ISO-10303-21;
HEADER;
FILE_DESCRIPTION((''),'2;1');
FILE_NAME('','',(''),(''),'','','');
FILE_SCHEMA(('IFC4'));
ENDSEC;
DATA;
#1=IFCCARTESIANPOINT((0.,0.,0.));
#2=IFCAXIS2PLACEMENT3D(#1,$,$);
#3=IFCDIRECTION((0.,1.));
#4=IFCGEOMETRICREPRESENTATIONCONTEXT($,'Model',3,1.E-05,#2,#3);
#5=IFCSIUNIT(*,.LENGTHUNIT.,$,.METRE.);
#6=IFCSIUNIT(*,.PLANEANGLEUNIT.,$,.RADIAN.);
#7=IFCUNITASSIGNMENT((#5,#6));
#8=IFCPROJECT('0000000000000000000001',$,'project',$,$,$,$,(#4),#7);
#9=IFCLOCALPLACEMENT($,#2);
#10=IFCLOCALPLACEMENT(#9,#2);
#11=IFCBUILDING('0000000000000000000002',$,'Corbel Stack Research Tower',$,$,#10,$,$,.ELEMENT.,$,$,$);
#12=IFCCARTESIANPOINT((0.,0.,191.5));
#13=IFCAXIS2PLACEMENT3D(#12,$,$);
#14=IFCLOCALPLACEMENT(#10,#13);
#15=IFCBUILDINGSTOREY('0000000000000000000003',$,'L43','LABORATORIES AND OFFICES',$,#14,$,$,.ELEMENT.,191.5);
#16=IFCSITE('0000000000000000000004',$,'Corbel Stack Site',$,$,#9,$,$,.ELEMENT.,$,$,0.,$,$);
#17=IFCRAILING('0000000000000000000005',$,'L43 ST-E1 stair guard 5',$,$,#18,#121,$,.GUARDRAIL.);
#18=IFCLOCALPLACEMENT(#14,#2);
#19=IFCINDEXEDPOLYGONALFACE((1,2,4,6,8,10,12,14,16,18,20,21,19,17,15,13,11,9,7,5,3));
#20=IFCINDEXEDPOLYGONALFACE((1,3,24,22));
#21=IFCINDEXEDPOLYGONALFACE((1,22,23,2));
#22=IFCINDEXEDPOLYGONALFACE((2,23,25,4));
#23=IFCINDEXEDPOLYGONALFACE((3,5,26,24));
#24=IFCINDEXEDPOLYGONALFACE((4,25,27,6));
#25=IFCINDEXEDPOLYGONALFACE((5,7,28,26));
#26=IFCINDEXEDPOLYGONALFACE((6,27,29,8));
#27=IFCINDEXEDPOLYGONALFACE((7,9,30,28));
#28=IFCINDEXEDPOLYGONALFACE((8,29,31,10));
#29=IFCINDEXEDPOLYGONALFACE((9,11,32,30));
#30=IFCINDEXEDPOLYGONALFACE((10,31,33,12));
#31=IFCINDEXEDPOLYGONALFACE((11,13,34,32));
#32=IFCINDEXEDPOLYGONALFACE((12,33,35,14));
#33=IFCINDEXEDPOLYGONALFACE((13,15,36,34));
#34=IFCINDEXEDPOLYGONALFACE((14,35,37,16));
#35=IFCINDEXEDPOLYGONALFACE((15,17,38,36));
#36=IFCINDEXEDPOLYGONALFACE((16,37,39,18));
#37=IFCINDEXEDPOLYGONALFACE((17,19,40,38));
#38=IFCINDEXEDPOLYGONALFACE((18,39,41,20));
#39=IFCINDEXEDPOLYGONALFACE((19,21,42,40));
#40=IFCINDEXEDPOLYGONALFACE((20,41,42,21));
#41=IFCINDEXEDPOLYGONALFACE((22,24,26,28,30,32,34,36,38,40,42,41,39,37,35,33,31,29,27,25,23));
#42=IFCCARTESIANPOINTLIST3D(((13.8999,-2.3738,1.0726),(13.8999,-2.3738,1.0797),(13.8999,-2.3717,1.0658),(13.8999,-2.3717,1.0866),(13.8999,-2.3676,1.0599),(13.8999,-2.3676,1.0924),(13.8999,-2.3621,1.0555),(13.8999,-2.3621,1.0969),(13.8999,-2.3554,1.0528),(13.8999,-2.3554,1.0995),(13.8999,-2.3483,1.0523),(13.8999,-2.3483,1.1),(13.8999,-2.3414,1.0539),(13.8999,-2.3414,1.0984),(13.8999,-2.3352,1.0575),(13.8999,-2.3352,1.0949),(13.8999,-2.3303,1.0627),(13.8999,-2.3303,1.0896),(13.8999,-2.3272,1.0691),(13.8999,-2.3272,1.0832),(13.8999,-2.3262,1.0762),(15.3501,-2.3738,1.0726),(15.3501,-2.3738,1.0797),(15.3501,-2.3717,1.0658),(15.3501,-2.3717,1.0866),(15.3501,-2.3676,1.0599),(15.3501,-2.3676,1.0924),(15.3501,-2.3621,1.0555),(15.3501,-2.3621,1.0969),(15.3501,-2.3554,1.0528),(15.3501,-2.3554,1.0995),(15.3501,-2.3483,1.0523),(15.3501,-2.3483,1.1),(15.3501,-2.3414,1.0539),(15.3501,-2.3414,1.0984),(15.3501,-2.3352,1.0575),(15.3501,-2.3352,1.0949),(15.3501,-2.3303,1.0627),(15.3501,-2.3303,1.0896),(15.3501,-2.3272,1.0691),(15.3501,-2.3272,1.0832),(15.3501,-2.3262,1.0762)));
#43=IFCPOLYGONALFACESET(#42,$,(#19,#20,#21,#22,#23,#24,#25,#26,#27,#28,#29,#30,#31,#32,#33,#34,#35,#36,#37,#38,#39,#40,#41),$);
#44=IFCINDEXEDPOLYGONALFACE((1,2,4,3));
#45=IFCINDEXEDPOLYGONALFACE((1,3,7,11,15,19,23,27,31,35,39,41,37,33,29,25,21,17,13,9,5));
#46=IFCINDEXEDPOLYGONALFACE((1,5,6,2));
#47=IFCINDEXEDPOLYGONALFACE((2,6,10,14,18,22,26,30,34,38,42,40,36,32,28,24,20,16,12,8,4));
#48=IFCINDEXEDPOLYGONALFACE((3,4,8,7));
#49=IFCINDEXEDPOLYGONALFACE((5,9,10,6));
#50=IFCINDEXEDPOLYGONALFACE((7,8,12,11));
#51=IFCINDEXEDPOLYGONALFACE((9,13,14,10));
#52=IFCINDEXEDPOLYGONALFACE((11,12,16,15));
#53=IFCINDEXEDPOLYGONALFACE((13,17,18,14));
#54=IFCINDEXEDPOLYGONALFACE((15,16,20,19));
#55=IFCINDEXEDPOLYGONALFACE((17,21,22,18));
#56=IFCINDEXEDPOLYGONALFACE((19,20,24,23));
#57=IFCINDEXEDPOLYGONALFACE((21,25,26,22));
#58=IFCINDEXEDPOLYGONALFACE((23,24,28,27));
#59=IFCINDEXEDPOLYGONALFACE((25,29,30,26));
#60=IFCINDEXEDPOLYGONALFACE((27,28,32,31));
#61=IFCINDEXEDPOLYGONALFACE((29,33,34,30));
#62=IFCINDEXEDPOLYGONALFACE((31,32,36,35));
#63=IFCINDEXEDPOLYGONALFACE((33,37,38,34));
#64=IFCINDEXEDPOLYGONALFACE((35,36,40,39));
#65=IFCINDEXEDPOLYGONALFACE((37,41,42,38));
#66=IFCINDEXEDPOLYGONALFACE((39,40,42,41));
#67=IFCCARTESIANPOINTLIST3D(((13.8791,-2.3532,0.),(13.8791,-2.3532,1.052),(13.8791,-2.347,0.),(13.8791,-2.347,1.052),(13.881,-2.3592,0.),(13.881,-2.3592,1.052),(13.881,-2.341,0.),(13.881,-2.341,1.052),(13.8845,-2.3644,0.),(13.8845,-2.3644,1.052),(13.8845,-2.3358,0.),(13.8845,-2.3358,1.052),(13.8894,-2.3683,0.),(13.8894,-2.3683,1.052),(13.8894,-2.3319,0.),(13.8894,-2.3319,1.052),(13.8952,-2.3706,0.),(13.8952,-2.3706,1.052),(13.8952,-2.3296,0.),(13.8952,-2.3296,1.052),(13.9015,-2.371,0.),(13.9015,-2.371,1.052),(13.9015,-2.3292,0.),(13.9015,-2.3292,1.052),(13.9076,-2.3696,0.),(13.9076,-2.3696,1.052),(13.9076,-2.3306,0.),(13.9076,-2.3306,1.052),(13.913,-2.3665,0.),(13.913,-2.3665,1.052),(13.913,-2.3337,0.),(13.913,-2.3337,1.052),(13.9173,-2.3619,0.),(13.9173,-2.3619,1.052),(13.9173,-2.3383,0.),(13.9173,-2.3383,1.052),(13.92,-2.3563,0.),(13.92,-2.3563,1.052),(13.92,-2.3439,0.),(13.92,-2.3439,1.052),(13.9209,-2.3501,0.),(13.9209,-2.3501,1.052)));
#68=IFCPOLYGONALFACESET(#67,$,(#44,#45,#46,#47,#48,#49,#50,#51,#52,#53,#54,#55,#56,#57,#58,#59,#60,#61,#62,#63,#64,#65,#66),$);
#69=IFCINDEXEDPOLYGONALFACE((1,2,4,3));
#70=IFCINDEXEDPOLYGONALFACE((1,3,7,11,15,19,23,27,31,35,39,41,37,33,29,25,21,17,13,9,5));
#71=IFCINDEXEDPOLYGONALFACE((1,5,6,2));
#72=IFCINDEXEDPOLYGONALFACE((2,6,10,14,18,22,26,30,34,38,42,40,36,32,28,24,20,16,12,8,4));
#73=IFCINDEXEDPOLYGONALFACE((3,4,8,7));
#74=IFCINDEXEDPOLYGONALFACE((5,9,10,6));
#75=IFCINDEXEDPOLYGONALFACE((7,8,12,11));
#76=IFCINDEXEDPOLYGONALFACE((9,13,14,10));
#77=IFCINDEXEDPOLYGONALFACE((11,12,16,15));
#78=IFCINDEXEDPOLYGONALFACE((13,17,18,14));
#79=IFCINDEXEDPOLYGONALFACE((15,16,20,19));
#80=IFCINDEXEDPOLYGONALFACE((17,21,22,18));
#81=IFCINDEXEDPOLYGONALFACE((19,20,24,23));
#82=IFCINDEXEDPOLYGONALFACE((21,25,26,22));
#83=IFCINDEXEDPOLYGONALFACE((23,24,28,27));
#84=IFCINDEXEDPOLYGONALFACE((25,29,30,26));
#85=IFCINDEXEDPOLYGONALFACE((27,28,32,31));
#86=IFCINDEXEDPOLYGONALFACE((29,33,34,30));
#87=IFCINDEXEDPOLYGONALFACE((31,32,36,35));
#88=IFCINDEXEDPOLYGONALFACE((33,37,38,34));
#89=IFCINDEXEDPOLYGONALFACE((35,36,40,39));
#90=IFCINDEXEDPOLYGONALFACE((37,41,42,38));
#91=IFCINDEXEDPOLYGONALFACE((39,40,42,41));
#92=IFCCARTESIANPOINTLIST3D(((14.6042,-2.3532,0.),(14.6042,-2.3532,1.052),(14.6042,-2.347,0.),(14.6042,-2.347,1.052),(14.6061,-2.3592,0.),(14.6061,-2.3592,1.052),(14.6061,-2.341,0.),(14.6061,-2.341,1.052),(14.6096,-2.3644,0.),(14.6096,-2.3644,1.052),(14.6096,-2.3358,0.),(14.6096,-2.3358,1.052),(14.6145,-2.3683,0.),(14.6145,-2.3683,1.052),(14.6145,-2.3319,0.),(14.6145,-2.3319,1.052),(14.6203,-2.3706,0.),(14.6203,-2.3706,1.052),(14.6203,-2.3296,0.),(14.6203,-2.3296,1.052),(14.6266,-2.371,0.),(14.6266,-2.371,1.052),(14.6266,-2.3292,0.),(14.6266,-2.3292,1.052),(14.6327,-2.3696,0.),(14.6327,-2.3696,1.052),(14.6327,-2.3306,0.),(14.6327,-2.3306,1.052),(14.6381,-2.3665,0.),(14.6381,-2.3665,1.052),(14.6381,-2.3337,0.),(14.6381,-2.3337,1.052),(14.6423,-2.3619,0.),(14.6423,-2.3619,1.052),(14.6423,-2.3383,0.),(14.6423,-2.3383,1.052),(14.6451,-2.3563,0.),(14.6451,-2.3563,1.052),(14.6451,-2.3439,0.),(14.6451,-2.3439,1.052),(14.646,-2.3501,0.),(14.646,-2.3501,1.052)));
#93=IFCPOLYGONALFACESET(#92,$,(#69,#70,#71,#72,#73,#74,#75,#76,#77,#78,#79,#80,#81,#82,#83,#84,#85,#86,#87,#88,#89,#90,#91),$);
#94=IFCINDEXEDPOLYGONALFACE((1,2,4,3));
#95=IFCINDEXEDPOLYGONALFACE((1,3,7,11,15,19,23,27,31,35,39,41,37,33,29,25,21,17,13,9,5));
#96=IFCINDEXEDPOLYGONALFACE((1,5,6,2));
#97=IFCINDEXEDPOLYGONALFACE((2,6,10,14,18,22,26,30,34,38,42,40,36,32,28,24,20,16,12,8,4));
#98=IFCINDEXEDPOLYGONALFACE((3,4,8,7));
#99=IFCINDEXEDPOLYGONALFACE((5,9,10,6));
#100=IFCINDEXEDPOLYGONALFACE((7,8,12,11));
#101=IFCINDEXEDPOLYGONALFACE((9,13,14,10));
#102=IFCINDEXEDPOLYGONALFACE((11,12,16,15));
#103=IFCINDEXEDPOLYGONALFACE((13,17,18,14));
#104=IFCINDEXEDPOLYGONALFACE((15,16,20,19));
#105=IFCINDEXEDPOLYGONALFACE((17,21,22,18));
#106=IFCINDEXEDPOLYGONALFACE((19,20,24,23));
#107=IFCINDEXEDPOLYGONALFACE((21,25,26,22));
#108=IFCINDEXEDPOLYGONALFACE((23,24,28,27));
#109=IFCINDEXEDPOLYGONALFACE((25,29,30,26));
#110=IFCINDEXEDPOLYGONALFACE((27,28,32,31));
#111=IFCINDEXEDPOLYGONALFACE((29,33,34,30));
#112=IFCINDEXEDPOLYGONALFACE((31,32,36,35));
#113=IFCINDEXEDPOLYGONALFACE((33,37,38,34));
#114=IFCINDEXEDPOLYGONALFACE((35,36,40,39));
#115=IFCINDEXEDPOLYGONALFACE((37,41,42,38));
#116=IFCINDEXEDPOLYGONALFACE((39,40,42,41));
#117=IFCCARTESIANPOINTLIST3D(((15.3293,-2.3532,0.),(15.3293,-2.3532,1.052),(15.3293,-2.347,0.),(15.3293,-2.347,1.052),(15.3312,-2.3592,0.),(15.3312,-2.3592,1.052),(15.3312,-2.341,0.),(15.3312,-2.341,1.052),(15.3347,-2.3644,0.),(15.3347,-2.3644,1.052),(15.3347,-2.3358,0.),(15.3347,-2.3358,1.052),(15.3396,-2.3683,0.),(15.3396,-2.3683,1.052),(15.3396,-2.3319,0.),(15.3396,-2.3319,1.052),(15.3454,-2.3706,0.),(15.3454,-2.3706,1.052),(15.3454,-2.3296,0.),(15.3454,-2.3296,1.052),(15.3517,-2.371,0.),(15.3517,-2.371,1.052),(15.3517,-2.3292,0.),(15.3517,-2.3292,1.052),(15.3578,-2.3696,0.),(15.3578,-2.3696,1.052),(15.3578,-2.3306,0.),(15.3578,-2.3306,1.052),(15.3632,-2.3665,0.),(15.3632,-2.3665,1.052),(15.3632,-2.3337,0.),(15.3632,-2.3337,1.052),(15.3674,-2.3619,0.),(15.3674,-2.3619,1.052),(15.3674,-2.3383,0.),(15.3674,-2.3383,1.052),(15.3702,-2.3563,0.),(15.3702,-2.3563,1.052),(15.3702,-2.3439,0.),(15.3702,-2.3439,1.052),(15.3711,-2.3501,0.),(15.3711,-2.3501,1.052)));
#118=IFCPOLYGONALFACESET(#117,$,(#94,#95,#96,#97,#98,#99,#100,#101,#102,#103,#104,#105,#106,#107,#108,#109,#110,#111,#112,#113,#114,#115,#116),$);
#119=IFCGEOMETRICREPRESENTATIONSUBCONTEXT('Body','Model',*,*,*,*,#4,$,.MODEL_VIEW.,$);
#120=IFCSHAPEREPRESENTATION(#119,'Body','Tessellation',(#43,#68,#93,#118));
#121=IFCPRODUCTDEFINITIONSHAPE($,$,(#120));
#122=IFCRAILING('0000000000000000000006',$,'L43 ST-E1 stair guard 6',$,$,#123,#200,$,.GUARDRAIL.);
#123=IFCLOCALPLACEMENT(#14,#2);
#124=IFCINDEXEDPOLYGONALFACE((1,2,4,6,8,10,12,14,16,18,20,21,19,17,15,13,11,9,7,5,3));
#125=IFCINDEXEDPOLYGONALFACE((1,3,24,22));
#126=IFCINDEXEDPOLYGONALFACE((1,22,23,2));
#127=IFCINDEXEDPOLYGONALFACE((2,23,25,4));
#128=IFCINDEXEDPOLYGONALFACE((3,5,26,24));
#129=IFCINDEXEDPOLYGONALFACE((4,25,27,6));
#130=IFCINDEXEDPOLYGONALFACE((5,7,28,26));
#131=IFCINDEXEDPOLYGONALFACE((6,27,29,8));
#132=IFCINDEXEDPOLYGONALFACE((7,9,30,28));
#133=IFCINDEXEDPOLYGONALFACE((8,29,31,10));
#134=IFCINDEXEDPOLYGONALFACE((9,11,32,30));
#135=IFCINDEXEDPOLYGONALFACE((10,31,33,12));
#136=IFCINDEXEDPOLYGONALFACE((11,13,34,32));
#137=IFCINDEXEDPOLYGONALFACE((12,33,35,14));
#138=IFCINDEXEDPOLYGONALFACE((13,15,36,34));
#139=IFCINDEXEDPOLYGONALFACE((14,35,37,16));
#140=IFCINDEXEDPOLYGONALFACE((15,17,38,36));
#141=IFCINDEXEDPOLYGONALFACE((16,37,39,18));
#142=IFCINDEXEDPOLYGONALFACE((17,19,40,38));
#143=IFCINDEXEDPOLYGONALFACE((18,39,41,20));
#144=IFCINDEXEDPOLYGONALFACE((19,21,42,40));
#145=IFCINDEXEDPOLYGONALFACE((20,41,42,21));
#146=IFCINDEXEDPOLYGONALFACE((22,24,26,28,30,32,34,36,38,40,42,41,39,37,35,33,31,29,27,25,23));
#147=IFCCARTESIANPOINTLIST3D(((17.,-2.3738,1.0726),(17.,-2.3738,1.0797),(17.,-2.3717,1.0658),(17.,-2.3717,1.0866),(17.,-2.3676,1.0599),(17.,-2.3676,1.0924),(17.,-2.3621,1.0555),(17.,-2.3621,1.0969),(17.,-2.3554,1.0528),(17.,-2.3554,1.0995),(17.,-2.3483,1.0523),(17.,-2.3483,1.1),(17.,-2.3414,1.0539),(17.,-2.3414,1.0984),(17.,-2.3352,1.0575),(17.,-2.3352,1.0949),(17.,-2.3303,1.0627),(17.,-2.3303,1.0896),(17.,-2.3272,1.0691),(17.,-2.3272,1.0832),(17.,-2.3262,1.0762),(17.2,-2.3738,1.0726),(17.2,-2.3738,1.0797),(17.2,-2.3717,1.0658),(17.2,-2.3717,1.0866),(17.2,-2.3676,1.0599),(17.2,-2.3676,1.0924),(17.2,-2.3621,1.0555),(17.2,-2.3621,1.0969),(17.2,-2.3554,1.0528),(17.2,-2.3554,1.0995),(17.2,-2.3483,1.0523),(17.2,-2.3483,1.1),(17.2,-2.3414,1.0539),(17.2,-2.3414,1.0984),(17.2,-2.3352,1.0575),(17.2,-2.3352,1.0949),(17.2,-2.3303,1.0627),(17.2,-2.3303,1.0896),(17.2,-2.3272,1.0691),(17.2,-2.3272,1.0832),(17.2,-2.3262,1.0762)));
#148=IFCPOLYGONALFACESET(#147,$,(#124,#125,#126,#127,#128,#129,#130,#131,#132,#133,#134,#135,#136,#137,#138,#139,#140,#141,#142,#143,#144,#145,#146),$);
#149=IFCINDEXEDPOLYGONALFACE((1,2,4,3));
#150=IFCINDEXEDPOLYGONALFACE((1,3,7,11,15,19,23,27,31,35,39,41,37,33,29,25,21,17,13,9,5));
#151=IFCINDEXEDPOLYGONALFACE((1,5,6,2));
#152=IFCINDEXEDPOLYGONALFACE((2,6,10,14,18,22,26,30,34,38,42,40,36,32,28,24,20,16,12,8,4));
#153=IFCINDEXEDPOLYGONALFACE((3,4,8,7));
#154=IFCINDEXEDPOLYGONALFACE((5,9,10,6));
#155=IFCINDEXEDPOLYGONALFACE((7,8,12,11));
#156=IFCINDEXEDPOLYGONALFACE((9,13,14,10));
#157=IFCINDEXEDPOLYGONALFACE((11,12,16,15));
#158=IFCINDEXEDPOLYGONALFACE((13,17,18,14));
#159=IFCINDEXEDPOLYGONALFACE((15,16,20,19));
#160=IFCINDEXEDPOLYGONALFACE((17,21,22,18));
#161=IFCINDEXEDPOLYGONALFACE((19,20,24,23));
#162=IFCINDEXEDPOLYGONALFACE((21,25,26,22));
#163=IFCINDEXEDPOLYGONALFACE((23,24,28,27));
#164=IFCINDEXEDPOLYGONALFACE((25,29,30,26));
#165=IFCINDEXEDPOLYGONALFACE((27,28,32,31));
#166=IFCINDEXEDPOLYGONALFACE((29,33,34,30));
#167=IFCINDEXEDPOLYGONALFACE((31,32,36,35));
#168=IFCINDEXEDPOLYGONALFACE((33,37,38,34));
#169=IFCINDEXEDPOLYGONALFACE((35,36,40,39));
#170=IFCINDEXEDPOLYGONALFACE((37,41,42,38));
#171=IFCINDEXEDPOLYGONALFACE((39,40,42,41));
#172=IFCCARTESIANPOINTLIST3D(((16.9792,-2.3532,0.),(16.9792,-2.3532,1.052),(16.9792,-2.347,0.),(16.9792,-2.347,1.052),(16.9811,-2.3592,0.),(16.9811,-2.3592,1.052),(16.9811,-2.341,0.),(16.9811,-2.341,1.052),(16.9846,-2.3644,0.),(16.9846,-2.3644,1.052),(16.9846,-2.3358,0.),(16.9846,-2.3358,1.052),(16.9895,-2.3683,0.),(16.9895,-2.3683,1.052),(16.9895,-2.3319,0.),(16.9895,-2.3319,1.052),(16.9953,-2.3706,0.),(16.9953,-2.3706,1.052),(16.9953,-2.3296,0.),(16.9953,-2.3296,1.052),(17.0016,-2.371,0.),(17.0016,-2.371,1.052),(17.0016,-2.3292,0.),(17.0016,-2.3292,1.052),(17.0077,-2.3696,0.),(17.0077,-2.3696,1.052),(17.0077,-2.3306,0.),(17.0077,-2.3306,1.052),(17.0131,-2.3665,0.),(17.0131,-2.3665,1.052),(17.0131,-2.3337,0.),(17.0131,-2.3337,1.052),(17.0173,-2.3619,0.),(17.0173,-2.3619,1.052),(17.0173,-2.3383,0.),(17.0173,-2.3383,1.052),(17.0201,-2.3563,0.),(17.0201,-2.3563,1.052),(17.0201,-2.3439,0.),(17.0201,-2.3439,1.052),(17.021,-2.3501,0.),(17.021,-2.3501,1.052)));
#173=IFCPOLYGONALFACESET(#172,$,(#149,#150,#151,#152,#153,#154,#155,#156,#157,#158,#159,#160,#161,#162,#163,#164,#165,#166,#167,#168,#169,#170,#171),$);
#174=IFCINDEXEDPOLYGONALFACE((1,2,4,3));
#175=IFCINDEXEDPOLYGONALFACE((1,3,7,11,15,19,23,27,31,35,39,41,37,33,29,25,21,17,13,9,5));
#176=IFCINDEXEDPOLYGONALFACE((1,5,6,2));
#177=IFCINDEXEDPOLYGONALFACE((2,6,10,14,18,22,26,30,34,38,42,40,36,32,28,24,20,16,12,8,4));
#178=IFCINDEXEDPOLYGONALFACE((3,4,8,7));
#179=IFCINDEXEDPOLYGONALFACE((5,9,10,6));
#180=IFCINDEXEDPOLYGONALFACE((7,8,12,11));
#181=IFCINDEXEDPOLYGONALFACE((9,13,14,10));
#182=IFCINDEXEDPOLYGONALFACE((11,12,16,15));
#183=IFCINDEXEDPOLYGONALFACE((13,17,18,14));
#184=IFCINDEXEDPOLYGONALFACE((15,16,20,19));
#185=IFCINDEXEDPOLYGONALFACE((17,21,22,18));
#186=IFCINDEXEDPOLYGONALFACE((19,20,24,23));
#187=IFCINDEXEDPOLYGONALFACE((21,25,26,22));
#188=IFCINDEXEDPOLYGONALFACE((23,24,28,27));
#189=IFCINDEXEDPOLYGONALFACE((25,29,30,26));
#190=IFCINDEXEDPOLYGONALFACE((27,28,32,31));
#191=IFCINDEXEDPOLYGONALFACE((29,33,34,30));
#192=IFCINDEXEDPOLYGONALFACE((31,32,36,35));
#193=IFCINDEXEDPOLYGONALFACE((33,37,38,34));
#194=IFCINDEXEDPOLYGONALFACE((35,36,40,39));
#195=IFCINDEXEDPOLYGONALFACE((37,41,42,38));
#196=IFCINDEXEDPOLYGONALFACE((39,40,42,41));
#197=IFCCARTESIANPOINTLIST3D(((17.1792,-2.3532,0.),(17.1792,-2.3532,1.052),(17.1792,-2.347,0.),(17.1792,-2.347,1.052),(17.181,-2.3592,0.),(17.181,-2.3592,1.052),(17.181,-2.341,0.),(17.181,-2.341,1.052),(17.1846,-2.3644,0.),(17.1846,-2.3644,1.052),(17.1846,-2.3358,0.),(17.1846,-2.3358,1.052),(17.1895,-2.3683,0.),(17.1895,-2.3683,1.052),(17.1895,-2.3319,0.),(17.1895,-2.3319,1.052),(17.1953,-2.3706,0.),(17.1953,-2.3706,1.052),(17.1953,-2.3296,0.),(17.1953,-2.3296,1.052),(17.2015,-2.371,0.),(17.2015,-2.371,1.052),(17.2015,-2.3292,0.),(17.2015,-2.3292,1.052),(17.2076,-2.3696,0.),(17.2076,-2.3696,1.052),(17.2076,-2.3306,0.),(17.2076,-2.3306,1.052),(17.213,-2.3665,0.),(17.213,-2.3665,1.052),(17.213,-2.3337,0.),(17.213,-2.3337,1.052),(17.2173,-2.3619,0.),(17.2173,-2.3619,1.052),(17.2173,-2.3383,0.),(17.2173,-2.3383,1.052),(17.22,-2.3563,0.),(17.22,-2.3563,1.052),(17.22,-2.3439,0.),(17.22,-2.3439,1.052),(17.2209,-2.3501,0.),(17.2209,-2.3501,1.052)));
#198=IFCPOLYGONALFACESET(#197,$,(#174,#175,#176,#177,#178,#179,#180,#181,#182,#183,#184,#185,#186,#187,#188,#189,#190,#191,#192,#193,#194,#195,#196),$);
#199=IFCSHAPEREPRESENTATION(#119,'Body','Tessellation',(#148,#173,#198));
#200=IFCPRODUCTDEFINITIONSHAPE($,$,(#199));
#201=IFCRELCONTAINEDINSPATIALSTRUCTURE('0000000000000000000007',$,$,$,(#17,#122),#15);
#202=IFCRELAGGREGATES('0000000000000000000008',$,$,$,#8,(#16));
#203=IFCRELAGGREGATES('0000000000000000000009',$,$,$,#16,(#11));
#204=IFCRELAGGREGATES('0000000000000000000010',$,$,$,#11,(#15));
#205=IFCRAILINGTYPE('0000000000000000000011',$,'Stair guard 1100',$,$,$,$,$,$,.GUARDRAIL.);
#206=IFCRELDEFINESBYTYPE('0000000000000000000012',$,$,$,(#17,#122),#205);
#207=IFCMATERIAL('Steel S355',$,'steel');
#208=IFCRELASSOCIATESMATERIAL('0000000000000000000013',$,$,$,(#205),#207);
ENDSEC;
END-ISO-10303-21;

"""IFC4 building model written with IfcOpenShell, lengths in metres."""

from ifc_helpers import new_model, si_unit, direction, frame, origin, origin_2d, place, context, subcontext, project, spatial, circle, extrude, material, type_object, element, save


model = new_model("IFC4")

# Units and contexts
model_context = context("Model", 3, precision=1e-05, world=origin(), true_north=direction((0.0, 1.0)))
body_context = subcontext(model_context, "Body", "Model", "MODEL_VIEW")
ifc_project = project(units=[si_unit("LENGTHUNIT", "METRE"), si_unit("PLANEANGLEUNIT", "RADIAN")], contexts=[model_context])

# Site, building, storey
site_placement = place(None, origin())
site = spatial("IfcSite", under=ifc_project, at=site_placement, Name="Corbel Stack Site", CompositionType="ELEMENT", RefElevation=0.0)
building_placement = place(site_placement, origin())
building = spatial("IfcBuilding", under=site, at=building_placement, Name="Corbel Stack Research Tower", CompositionType="ELEMENT")
storey_placement = place(building_placement, frame((0.0, 0.0, 191.5)))
storey = spatial("IfcBuildingStorey", under=building, at=storey_placement, Name="L43", Description="LABORATORIES AND OFFICES", CompositionType="ELEMENT", Elevation=191.5)

# Railings
ifc_material_1 = material(Name="Steel S355", Category="steel")
railing_type_1 = type_object("IfcRailingType", Name="Stair guard 1100", PredefinedType="GUARDRAIL", material=ifc_material_1)
railing_1_placement = place(storey_placement, frame((13.8999, -2.3501, 0.0)))
element("IfcRailing", 1, at=railing_1_placement, inside=storey, type_object=railing_type_1, Name="L43 ST-E1 stair guard 5", PredefinedType="GUARDRAIL", context=body_context, shape_type="SweptSolid", body=[
    extrude(circle(Radius=0.0239, at=origin_2d()), frame((0.0, 0.0, 1.0762), z_axis=(1.0, 0.0, 0.0), x_axis=(0.0, 1.0, 0.0)), (0.0, 0.0, 1.0), 1.4502),
    extrude(circle(Radius=0.021, at=origin_2d()), origin(), (0.0, 0.0, 1.0), 1.052),
    extrude(circle(Radius=0.021, at=origin_2d()), frame((0.7251, 0.0, 0.0)), (0.0, 0.0, 1.0), 1.052),
    extrude(circle(Radius=0.021, at=origin_2d()), frame((1.4502, 0.0, 0.0)), (0.0, 0.0, 1.0), 1.052),
])
railing_2_placement = place(storey_placement, frame((17.0, -2.3501, 0.0)))
element("IfcRailing", 2, at=railing_2_placement, inside=storey, type_object=railing_type_1, Name="L43 ST-E1 stair guard 6", PredefinedType="GUARDRAIL", context=body_context, shape_type="SweptSolid", body=[
    extrude(circle(Radius=0.0239, at=origin_2d()), frame((0.0, 0.0, 1.0762), z_axis=(1.0, 0.0, 0.0), x_axis=(0.0, 1.0, 0.0)), (0.0, 0.0, 1.0), 0.2),
    extrude(circle(Radius=0.021, at=origin_2d()), origin(), (0.0, 0.0, 1.0), 1.052),
    extrude(circle(Radius=0.021, at=origin_2d()), frame((0.2, 0.0, 0.0)), (0.0, 0.0, 1.0), 1.052),
])

save(model, "model.ifc")
